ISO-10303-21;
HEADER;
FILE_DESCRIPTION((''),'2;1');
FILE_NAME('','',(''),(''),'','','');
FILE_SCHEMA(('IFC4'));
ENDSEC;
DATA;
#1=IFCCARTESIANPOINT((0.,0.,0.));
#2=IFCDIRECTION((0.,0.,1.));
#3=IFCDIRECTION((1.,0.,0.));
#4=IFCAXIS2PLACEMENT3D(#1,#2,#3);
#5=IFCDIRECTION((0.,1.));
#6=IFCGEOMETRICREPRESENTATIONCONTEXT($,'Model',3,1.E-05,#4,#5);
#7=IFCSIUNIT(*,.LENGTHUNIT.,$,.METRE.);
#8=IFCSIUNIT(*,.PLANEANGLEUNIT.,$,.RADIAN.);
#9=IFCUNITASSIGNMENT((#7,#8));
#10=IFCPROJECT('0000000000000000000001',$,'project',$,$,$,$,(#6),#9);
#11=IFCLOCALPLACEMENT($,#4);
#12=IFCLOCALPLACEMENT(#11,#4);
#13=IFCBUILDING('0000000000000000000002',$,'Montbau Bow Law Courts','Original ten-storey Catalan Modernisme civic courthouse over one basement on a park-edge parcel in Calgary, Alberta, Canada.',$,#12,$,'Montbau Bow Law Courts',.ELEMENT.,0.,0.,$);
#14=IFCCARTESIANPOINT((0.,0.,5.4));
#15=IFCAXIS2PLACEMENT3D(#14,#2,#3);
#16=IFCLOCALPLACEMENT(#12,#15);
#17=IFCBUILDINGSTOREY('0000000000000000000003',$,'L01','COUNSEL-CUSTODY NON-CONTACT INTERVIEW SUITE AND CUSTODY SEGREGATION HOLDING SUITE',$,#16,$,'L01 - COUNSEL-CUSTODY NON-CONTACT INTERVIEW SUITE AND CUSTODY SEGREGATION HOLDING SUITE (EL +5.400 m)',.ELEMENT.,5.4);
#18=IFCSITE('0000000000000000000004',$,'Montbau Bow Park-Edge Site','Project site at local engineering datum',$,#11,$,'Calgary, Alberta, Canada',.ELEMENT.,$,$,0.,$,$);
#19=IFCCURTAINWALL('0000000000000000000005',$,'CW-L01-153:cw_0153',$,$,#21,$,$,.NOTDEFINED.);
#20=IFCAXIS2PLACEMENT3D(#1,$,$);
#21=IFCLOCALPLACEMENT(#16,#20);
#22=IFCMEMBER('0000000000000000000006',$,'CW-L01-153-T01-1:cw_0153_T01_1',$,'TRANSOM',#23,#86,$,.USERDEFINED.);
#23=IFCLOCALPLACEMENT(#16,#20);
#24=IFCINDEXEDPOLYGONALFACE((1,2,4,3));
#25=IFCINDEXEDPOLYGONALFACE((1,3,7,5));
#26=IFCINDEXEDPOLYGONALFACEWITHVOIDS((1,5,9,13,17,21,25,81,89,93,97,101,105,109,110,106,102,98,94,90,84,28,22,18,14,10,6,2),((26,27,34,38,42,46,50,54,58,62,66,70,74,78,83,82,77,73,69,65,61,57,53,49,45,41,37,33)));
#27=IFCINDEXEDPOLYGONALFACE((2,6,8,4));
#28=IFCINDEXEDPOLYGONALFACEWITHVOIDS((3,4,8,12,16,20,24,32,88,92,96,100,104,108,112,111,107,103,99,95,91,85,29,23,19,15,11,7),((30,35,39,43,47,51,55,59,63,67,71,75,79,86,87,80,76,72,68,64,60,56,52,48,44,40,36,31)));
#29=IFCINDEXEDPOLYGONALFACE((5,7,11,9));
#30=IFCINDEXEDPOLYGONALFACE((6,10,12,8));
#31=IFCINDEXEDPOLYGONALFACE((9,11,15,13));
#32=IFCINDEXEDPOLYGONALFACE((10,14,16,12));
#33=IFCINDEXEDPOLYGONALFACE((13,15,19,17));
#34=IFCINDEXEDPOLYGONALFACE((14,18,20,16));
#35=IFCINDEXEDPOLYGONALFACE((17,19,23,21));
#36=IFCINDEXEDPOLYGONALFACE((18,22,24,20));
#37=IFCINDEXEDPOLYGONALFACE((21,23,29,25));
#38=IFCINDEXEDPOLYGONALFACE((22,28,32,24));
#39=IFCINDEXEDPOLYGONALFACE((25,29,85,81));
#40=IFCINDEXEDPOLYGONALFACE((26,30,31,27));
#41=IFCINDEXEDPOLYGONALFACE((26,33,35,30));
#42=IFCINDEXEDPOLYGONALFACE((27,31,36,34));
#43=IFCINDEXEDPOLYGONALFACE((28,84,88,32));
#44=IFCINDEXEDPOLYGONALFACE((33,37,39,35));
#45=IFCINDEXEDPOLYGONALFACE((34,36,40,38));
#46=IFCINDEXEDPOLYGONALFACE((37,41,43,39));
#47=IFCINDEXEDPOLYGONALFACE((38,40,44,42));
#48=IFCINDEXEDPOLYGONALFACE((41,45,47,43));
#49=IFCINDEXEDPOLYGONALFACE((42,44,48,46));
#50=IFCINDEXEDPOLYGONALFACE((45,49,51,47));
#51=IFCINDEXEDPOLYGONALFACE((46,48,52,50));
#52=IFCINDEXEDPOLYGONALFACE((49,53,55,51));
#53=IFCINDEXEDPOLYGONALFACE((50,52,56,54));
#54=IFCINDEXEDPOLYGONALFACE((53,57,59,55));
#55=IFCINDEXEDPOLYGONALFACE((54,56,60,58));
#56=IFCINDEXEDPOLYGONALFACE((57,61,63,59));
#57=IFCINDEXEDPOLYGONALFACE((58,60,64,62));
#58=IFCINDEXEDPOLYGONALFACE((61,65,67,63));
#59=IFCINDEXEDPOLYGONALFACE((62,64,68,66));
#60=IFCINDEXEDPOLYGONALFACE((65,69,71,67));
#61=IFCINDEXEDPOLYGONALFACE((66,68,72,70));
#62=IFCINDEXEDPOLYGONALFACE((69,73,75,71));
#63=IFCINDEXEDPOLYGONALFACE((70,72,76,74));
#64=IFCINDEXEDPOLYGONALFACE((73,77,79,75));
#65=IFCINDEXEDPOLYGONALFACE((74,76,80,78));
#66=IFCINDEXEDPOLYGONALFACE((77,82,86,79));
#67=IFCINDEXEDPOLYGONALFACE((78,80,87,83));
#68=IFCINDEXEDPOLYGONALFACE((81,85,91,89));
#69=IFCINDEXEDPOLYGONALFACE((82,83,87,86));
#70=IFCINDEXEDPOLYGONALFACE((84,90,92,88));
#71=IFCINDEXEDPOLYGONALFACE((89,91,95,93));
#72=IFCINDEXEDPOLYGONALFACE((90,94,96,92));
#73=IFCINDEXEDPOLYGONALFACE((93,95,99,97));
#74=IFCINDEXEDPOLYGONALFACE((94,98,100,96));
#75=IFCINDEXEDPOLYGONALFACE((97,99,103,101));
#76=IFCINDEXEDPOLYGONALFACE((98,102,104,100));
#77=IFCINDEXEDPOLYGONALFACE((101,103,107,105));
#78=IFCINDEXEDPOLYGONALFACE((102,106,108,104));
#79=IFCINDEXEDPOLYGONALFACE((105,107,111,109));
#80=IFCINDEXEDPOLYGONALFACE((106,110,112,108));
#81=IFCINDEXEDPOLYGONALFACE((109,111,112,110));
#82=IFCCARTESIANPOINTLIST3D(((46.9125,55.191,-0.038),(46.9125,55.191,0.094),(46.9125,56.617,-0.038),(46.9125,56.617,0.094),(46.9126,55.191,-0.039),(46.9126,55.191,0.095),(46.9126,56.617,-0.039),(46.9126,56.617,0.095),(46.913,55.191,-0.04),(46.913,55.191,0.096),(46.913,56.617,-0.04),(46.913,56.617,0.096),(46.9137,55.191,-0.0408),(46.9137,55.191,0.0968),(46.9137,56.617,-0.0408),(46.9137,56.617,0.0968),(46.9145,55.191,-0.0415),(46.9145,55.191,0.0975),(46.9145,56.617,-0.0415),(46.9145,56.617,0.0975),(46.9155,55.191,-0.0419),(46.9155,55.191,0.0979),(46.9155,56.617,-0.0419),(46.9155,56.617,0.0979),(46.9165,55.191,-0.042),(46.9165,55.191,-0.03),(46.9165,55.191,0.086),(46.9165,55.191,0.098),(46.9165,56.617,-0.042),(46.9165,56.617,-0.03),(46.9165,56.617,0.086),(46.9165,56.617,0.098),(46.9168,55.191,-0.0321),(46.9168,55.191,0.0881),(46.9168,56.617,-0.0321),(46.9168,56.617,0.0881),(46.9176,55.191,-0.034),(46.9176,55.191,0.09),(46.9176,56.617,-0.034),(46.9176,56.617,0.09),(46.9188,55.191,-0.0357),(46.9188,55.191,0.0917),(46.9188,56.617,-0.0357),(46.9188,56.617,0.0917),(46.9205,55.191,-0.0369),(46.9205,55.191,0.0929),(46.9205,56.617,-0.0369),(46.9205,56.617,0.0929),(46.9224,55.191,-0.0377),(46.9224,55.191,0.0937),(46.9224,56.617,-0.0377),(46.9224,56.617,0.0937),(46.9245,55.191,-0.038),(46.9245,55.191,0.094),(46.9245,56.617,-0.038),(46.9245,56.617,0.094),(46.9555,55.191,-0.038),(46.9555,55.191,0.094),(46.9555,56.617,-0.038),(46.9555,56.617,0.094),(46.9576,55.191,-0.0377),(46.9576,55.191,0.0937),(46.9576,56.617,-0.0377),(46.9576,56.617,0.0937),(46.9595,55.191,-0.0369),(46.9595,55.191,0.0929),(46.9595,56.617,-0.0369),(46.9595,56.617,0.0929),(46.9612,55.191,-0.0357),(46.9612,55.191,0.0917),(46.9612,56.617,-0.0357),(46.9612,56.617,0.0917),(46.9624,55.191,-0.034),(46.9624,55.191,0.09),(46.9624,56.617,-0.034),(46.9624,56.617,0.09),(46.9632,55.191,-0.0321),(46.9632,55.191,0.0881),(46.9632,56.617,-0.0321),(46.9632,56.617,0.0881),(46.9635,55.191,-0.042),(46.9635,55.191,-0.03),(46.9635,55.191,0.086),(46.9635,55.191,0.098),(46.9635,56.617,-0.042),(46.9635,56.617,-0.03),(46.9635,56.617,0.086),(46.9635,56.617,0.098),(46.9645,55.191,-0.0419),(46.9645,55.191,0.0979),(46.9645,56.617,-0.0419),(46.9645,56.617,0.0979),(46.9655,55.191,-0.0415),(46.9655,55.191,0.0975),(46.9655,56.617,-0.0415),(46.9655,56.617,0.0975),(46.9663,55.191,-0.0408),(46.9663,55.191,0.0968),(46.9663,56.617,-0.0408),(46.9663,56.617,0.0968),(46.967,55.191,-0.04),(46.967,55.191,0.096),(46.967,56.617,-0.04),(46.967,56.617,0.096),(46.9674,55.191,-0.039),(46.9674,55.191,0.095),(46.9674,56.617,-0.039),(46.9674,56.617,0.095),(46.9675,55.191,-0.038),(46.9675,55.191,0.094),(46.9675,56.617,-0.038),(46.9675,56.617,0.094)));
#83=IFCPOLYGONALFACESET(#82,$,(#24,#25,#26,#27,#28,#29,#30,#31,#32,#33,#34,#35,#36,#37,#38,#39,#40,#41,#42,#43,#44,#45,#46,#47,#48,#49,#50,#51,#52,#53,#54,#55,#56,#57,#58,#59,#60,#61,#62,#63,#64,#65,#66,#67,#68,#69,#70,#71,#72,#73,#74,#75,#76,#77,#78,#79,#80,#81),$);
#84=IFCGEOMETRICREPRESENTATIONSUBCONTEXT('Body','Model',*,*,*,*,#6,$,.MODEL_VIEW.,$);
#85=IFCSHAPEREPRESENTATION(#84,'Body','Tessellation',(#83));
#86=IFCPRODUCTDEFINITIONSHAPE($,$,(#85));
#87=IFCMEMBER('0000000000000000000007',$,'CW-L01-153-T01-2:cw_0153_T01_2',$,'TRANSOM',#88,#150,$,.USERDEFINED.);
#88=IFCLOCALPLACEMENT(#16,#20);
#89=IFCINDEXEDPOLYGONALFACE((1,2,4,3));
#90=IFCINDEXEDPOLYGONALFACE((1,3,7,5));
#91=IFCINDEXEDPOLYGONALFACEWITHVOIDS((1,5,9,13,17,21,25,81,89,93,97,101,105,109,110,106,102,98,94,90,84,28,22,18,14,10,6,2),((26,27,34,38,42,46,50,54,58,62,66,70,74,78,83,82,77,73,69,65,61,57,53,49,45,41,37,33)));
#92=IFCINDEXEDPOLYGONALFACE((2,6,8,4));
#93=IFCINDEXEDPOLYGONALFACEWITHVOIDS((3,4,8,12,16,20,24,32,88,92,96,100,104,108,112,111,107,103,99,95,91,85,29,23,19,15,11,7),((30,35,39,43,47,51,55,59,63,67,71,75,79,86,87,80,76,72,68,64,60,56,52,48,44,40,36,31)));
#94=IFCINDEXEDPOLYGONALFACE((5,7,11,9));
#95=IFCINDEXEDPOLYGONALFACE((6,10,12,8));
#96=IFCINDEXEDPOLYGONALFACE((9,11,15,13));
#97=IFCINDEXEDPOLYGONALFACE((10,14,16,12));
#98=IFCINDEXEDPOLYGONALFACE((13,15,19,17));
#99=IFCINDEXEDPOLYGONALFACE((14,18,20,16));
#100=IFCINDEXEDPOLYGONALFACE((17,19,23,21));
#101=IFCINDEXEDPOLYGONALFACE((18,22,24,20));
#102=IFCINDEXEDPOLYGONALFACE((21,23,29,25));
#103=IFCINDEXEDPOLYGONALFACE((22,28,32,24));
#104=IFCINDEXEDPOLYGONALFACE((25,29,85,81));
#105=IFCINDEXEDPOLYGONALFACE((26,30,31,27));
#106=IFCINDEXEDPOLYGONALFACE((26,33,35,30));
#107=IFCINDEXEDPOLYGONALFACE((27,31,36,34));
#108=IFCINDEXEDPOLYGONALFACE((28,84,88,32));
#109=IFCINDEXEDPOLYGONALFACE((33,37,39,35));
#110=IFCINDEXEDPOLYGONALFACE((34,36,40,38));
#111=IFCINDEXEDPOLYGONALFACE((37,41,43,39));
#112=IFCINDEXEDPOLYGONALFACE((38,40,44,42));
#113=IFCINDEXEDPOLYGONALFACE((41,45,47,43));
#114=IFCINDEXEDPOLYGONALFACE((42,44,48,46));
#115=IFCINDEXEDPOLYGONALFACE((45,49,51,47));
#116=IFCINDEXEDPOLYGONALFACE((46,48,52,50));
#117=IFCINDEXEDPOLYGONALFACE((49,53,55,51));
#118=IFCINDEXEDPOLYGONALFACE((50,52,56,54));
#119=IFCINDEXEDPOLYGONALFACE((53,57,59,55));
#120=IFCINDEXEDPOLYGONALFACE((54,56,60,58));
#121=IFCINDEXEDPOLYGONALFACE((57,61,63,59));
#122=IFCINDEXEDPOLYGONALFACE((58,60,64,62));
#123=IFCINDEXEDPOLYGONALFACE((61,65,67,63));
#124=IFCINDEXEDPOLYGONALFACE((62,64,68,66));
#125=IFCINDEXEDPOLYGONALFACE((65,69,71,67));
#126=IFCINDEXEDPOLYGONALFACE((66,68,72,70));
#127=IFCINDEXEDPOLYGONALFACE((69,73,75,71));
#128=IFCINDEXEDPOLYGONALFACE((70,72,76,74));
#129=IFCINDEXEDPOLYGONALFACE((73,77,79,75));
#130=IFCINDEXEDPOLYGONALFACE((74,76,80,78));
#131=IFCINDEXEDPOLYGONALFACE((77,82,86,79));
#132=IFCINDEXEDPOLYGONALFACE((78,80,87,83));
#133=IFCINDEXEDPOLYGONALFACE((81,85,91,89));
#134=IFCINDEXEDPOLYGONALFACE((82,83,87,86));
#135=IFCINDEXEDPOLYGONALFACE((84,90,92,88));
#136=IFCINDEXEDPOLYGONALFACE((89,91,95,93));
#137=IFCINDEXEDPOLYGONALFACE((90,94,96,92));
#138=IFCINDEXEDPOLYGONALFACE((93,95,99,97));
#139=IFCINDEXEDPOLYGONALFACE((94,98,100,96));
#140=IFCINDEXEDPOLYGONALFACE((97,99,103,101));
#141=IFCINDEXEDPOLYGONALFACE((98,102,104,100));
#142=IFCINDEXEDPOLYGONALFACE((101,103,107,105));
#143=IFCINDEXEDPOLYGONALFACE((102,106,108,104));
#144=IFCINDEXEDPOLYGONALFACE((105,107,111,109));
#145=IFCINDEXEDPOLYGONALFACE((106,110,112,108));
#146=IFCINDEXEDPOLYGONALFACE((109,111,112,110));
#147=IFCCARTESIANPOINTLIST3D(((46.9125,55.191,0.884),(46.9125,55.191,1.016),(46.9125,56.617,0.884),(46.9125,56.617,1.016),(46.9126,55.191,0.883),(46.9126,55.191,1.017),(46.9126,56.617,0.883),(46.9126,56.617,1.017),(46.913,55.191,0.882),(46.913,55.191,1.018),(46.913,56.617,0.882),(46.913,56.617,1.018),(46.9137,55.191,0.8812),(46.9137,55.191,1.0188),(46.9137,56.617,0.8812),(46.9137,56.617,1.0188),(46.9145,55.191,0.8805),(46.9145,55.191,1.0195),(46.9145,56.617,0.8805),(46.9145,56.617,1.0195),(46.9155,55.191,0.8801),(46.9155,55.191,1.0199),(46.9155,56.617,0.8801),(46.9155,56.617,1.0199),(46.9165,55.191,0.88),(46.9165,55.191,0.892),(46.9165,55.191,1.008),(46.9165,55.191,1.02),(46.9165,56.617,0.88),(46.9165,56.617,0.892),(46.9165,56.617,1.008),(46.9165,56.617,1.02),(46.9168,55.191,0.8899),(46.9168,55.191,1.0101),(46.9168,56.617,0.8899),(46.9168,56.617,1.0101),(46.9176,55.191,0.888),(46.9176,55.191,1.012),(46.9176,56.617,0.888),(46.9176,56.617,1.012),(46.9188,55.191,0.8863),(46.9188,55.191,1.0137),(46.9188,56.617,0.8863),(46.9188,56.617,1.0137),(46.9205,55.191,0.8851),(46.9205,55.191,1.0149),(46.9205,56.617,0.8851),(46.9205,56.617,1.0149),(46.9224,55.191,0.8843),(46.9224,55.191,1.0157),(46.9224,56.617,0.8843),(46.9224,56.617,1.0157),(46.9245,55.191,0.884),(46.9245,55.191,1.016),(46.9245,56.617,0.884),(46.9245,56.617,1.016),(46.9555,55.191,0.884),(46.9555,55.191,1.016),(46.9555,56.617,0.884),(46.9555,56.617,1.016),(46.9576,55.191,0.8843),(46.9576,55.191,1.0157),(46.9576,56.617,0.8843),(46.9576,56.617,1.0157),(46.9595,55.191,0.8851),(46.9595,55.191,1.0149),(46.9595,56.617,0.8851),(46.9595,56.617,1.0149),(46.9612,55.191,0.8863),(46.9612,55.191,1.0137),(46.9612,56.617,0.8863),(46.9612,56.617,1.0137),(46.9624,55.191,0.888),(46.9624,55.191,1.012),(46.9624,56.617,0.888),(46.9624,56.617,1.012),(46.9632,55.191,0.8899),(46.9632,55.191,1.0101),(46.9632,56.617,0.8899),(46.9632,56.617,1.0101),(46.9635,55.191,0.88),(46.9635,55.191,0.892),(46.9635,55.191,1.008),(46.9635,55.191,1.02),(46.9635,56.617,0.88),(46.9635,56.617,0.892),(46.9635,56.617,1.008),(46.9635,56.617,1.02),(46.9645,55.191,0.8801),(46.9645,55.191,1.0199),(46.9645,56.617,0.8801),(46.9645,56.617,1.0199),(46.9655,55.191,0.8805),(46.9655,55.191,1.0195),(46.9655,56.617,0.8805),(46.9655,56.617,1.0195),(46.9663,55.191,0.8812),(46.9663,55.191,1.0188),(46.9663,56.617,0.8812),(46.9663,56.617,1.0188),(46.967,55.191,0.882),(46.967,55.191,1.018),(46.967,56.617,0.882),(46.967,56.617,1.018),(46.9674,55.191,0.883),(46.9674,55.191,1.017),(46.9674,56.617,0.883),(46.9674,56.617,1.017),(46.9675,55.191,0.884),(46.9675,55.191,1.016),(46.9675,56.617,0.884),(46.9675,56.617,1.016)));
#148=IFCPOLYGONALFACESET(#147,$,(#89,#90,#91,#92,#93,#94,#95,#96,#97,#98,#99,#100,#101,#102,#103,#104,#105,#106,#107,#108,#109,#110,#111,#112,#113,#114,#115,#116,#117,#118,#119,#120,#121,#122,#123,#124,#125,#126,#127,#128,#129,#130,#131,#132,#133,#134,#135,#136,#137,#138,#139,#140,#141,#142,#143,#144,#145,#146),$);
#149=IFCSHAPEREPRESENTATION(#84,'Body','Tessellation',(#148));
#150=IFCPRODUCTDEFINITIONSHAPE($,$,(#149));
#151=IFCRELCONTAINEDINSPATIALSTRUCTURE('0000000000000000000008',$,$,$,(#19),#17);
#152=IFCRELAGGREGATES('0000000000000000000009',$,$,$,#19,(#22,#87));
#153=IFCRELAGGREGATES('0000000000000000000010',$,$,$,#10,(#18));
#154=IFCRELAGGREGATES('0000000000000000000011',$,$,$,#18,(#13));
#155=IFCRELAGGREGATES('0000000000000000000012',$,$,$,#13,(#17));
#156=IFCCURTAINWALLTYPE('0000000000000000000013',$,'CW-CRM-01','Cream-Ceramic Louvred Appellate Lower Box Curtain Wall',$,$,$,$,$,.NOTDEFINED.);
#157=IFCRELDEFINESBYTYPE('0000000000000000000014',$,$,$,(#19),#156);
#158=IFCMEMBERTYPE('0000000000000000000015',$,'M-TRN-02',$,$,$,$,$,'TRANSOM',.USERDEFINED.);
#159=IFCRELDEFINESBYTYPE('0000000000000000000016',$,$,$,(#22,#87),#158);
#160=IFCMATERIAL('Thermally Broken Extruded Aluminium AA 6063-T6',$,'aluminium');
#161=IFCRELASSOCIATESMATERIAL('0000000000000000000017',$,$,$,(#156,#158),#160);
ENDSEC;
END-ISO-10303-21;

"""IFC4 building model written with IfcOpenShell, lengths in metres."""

from ifc_helpers import new_model, si_unit, direction, frame, origin_with_axes, origin_2d_with_axis, place, context, subcontext, project, spatial, hollow_rectangle, extrude, material, material_profile, profile_set, type_object, element, aggregate, save


model = new_model("IFC4")

# Units and contexts
model_context = context("Model", 3, precision=1e-05, world=origin_with_axes(), true_north=direction((0.0, 1.0)))
body_context = subcontext(model_context, "Body", "Model", "MODEL_VIEW")
ifc_project = project(units=[si_unit("LENGTHUNIT", "METRE"), si_unit("PLANEANGLEUNIT", "RADIAN")], contexts=[model_context])

# Site, building, storey
site_placement = place(None, origin_with_axes())
site = spatial("IfcSite", under=ifc_project, at=site_placement, Name="Montbau Bow Park-Edge Site", Description="Project site at local engineering datum", LongName="Calgary, Alberta, Canada", CompositionType="ELEMENT", RefElevation=0.0)
building_placement = place(site_placement, origin_with_axes())
building = spatial("IfcBuilding", under=site, at=building_placement, Name="Montbau Bow Law Courts", Description="Original ten-storey Catalan Modernisme civic courthouse over one basement on a park-edge parcel in Calgary, Alberta, Canada.", LongName="Montbau Bow Law Courts", CompositionType="ELEMENT", ElevationOfRefHeight=0.0, ElevationOfTerrain=0.0)
storey_placement = place(building_placement, frame((0.0, 0.0, 5.4), z_axis=(0.0, 0.0, 1.0), x_axis=(1.0, 0.0, 0.0)))
storey = spatial("IfcBuildingStorey", under=building, at=storey_placement, Name="L01", Description="COUNSEL-CUSTODY NON-CONTACT INTERVIEW SUITE AND CUSTODY SEGREGATION HOLDING SUITE", LongName="L01 - COUNSEL-CUSTODY NON-CONTACT INTERVIEW SUITE AND CUSTODY SEGREGATION HOLDING SUITE (EL +5.400 m)", CompositionType="ELEMENT", Elevation=5.4)

# Curtain wall
ifc_material_1 = material(Name="Thermally Broken Extruded Aluminium AA 6063-T6", Category="aluminium")
curtain_wall_type_1 = type_object("IfcCurtainWallType", Name="CW-CRM-01", Description="Cream-Ceramic Louvred Appellate Lower Box Curtain Wall", PredefinedType="NOTDEFINED", material=ifc_material_1)
curtain_wall_1_placement = place(None, frame((46.94, 55.115, 5.4), z_axis=(0.0, 0.0, 1.0), x_axis=(1.0, 0.0, 0.0)))
curtain_wall_1 = element("IfcCurtainWall", 1, at=curtain_wall_1_placement, inside=storey, type_object=curtain_wall_type_1, Name="CW-L01-153:cw_0153", PredefinedType="NOTDEFINED")

# Members
ifc_material_profile_1 = material_profile(ifc_material_1, hollow_rectangle(XDim=0.055, YDim=0.14, WallThickness=0.004, InnerFilletRadius=0.008, OuterFilletRadius=0.004, at=origin_2d_with_axis()), Name="CWT-140X55", Category="Main", Priority=0)
ifc_profile_set_1 = profile_set([ifc_material_profile_1], Name="Thermally Broken Extruded Aluminium AA 6063-T6")
member_type_1 = type_object("IfcMemberType", Name="M-TRN-02", ElementType="TRANSOM", PredefinedType="USERDEFINED", material=ifc_profile_set_1)
member_1_placement = place(None, frame((46.94, 55.191, 5.428), z_axis=(0.0, 1.0, 0.0), x_axis=(-1.0, 0.0, 0.0)))
member_1 = element("IfcMember", 2, at=member_1_placement, type_object=member_type_1, Name="CW-L01-153-T01-1:cw_0153_T01_1", ObjectType="TRANSOM", PredefinedType="USERDEFINED", context=body_context, shape_type="SweptSolid", body=[
    extrude(hollow_rectangle(XDim=0.055, YDim=0.14, WallThickness=0.004, InnerFilletRadius=0.008, OuterFilletRadius=0.004, at=origin_2d_with_axis()), origin_with_axes(), (0.0, 0.0, 1.0), 1.426),
])
member_2_placement = place(None, frame((46.94, 55.191, 6.35), z_axis=(0.0, 1.0, 0.0), x_axis=(-1.0, 0.0, 0.0)))
member_2 = element("IfcMember", 3, at=member_2_placement, type_object=member_type_1, Name="CW-L01-153-T01-2:cw_0153_T01_2", ObjectType="TRANSOM", PredefinedType="USERDEFINED", context=body_context, shape_type="SweptSolid", body=[
    extrude(hollow_rectangle(XDim=0.055, YDim=0.14, WallThickness=0.004, InnerFilletRadius=0.008, OuterFilletRadius=0.004, at=origin_2d_with_axis()), origin_with_axes(), (0.0, 0.0, 1.0), 1.426),
])

aggregate(curtain_wall_1, [member_1, member_2])

save(model, "model.ifc")
